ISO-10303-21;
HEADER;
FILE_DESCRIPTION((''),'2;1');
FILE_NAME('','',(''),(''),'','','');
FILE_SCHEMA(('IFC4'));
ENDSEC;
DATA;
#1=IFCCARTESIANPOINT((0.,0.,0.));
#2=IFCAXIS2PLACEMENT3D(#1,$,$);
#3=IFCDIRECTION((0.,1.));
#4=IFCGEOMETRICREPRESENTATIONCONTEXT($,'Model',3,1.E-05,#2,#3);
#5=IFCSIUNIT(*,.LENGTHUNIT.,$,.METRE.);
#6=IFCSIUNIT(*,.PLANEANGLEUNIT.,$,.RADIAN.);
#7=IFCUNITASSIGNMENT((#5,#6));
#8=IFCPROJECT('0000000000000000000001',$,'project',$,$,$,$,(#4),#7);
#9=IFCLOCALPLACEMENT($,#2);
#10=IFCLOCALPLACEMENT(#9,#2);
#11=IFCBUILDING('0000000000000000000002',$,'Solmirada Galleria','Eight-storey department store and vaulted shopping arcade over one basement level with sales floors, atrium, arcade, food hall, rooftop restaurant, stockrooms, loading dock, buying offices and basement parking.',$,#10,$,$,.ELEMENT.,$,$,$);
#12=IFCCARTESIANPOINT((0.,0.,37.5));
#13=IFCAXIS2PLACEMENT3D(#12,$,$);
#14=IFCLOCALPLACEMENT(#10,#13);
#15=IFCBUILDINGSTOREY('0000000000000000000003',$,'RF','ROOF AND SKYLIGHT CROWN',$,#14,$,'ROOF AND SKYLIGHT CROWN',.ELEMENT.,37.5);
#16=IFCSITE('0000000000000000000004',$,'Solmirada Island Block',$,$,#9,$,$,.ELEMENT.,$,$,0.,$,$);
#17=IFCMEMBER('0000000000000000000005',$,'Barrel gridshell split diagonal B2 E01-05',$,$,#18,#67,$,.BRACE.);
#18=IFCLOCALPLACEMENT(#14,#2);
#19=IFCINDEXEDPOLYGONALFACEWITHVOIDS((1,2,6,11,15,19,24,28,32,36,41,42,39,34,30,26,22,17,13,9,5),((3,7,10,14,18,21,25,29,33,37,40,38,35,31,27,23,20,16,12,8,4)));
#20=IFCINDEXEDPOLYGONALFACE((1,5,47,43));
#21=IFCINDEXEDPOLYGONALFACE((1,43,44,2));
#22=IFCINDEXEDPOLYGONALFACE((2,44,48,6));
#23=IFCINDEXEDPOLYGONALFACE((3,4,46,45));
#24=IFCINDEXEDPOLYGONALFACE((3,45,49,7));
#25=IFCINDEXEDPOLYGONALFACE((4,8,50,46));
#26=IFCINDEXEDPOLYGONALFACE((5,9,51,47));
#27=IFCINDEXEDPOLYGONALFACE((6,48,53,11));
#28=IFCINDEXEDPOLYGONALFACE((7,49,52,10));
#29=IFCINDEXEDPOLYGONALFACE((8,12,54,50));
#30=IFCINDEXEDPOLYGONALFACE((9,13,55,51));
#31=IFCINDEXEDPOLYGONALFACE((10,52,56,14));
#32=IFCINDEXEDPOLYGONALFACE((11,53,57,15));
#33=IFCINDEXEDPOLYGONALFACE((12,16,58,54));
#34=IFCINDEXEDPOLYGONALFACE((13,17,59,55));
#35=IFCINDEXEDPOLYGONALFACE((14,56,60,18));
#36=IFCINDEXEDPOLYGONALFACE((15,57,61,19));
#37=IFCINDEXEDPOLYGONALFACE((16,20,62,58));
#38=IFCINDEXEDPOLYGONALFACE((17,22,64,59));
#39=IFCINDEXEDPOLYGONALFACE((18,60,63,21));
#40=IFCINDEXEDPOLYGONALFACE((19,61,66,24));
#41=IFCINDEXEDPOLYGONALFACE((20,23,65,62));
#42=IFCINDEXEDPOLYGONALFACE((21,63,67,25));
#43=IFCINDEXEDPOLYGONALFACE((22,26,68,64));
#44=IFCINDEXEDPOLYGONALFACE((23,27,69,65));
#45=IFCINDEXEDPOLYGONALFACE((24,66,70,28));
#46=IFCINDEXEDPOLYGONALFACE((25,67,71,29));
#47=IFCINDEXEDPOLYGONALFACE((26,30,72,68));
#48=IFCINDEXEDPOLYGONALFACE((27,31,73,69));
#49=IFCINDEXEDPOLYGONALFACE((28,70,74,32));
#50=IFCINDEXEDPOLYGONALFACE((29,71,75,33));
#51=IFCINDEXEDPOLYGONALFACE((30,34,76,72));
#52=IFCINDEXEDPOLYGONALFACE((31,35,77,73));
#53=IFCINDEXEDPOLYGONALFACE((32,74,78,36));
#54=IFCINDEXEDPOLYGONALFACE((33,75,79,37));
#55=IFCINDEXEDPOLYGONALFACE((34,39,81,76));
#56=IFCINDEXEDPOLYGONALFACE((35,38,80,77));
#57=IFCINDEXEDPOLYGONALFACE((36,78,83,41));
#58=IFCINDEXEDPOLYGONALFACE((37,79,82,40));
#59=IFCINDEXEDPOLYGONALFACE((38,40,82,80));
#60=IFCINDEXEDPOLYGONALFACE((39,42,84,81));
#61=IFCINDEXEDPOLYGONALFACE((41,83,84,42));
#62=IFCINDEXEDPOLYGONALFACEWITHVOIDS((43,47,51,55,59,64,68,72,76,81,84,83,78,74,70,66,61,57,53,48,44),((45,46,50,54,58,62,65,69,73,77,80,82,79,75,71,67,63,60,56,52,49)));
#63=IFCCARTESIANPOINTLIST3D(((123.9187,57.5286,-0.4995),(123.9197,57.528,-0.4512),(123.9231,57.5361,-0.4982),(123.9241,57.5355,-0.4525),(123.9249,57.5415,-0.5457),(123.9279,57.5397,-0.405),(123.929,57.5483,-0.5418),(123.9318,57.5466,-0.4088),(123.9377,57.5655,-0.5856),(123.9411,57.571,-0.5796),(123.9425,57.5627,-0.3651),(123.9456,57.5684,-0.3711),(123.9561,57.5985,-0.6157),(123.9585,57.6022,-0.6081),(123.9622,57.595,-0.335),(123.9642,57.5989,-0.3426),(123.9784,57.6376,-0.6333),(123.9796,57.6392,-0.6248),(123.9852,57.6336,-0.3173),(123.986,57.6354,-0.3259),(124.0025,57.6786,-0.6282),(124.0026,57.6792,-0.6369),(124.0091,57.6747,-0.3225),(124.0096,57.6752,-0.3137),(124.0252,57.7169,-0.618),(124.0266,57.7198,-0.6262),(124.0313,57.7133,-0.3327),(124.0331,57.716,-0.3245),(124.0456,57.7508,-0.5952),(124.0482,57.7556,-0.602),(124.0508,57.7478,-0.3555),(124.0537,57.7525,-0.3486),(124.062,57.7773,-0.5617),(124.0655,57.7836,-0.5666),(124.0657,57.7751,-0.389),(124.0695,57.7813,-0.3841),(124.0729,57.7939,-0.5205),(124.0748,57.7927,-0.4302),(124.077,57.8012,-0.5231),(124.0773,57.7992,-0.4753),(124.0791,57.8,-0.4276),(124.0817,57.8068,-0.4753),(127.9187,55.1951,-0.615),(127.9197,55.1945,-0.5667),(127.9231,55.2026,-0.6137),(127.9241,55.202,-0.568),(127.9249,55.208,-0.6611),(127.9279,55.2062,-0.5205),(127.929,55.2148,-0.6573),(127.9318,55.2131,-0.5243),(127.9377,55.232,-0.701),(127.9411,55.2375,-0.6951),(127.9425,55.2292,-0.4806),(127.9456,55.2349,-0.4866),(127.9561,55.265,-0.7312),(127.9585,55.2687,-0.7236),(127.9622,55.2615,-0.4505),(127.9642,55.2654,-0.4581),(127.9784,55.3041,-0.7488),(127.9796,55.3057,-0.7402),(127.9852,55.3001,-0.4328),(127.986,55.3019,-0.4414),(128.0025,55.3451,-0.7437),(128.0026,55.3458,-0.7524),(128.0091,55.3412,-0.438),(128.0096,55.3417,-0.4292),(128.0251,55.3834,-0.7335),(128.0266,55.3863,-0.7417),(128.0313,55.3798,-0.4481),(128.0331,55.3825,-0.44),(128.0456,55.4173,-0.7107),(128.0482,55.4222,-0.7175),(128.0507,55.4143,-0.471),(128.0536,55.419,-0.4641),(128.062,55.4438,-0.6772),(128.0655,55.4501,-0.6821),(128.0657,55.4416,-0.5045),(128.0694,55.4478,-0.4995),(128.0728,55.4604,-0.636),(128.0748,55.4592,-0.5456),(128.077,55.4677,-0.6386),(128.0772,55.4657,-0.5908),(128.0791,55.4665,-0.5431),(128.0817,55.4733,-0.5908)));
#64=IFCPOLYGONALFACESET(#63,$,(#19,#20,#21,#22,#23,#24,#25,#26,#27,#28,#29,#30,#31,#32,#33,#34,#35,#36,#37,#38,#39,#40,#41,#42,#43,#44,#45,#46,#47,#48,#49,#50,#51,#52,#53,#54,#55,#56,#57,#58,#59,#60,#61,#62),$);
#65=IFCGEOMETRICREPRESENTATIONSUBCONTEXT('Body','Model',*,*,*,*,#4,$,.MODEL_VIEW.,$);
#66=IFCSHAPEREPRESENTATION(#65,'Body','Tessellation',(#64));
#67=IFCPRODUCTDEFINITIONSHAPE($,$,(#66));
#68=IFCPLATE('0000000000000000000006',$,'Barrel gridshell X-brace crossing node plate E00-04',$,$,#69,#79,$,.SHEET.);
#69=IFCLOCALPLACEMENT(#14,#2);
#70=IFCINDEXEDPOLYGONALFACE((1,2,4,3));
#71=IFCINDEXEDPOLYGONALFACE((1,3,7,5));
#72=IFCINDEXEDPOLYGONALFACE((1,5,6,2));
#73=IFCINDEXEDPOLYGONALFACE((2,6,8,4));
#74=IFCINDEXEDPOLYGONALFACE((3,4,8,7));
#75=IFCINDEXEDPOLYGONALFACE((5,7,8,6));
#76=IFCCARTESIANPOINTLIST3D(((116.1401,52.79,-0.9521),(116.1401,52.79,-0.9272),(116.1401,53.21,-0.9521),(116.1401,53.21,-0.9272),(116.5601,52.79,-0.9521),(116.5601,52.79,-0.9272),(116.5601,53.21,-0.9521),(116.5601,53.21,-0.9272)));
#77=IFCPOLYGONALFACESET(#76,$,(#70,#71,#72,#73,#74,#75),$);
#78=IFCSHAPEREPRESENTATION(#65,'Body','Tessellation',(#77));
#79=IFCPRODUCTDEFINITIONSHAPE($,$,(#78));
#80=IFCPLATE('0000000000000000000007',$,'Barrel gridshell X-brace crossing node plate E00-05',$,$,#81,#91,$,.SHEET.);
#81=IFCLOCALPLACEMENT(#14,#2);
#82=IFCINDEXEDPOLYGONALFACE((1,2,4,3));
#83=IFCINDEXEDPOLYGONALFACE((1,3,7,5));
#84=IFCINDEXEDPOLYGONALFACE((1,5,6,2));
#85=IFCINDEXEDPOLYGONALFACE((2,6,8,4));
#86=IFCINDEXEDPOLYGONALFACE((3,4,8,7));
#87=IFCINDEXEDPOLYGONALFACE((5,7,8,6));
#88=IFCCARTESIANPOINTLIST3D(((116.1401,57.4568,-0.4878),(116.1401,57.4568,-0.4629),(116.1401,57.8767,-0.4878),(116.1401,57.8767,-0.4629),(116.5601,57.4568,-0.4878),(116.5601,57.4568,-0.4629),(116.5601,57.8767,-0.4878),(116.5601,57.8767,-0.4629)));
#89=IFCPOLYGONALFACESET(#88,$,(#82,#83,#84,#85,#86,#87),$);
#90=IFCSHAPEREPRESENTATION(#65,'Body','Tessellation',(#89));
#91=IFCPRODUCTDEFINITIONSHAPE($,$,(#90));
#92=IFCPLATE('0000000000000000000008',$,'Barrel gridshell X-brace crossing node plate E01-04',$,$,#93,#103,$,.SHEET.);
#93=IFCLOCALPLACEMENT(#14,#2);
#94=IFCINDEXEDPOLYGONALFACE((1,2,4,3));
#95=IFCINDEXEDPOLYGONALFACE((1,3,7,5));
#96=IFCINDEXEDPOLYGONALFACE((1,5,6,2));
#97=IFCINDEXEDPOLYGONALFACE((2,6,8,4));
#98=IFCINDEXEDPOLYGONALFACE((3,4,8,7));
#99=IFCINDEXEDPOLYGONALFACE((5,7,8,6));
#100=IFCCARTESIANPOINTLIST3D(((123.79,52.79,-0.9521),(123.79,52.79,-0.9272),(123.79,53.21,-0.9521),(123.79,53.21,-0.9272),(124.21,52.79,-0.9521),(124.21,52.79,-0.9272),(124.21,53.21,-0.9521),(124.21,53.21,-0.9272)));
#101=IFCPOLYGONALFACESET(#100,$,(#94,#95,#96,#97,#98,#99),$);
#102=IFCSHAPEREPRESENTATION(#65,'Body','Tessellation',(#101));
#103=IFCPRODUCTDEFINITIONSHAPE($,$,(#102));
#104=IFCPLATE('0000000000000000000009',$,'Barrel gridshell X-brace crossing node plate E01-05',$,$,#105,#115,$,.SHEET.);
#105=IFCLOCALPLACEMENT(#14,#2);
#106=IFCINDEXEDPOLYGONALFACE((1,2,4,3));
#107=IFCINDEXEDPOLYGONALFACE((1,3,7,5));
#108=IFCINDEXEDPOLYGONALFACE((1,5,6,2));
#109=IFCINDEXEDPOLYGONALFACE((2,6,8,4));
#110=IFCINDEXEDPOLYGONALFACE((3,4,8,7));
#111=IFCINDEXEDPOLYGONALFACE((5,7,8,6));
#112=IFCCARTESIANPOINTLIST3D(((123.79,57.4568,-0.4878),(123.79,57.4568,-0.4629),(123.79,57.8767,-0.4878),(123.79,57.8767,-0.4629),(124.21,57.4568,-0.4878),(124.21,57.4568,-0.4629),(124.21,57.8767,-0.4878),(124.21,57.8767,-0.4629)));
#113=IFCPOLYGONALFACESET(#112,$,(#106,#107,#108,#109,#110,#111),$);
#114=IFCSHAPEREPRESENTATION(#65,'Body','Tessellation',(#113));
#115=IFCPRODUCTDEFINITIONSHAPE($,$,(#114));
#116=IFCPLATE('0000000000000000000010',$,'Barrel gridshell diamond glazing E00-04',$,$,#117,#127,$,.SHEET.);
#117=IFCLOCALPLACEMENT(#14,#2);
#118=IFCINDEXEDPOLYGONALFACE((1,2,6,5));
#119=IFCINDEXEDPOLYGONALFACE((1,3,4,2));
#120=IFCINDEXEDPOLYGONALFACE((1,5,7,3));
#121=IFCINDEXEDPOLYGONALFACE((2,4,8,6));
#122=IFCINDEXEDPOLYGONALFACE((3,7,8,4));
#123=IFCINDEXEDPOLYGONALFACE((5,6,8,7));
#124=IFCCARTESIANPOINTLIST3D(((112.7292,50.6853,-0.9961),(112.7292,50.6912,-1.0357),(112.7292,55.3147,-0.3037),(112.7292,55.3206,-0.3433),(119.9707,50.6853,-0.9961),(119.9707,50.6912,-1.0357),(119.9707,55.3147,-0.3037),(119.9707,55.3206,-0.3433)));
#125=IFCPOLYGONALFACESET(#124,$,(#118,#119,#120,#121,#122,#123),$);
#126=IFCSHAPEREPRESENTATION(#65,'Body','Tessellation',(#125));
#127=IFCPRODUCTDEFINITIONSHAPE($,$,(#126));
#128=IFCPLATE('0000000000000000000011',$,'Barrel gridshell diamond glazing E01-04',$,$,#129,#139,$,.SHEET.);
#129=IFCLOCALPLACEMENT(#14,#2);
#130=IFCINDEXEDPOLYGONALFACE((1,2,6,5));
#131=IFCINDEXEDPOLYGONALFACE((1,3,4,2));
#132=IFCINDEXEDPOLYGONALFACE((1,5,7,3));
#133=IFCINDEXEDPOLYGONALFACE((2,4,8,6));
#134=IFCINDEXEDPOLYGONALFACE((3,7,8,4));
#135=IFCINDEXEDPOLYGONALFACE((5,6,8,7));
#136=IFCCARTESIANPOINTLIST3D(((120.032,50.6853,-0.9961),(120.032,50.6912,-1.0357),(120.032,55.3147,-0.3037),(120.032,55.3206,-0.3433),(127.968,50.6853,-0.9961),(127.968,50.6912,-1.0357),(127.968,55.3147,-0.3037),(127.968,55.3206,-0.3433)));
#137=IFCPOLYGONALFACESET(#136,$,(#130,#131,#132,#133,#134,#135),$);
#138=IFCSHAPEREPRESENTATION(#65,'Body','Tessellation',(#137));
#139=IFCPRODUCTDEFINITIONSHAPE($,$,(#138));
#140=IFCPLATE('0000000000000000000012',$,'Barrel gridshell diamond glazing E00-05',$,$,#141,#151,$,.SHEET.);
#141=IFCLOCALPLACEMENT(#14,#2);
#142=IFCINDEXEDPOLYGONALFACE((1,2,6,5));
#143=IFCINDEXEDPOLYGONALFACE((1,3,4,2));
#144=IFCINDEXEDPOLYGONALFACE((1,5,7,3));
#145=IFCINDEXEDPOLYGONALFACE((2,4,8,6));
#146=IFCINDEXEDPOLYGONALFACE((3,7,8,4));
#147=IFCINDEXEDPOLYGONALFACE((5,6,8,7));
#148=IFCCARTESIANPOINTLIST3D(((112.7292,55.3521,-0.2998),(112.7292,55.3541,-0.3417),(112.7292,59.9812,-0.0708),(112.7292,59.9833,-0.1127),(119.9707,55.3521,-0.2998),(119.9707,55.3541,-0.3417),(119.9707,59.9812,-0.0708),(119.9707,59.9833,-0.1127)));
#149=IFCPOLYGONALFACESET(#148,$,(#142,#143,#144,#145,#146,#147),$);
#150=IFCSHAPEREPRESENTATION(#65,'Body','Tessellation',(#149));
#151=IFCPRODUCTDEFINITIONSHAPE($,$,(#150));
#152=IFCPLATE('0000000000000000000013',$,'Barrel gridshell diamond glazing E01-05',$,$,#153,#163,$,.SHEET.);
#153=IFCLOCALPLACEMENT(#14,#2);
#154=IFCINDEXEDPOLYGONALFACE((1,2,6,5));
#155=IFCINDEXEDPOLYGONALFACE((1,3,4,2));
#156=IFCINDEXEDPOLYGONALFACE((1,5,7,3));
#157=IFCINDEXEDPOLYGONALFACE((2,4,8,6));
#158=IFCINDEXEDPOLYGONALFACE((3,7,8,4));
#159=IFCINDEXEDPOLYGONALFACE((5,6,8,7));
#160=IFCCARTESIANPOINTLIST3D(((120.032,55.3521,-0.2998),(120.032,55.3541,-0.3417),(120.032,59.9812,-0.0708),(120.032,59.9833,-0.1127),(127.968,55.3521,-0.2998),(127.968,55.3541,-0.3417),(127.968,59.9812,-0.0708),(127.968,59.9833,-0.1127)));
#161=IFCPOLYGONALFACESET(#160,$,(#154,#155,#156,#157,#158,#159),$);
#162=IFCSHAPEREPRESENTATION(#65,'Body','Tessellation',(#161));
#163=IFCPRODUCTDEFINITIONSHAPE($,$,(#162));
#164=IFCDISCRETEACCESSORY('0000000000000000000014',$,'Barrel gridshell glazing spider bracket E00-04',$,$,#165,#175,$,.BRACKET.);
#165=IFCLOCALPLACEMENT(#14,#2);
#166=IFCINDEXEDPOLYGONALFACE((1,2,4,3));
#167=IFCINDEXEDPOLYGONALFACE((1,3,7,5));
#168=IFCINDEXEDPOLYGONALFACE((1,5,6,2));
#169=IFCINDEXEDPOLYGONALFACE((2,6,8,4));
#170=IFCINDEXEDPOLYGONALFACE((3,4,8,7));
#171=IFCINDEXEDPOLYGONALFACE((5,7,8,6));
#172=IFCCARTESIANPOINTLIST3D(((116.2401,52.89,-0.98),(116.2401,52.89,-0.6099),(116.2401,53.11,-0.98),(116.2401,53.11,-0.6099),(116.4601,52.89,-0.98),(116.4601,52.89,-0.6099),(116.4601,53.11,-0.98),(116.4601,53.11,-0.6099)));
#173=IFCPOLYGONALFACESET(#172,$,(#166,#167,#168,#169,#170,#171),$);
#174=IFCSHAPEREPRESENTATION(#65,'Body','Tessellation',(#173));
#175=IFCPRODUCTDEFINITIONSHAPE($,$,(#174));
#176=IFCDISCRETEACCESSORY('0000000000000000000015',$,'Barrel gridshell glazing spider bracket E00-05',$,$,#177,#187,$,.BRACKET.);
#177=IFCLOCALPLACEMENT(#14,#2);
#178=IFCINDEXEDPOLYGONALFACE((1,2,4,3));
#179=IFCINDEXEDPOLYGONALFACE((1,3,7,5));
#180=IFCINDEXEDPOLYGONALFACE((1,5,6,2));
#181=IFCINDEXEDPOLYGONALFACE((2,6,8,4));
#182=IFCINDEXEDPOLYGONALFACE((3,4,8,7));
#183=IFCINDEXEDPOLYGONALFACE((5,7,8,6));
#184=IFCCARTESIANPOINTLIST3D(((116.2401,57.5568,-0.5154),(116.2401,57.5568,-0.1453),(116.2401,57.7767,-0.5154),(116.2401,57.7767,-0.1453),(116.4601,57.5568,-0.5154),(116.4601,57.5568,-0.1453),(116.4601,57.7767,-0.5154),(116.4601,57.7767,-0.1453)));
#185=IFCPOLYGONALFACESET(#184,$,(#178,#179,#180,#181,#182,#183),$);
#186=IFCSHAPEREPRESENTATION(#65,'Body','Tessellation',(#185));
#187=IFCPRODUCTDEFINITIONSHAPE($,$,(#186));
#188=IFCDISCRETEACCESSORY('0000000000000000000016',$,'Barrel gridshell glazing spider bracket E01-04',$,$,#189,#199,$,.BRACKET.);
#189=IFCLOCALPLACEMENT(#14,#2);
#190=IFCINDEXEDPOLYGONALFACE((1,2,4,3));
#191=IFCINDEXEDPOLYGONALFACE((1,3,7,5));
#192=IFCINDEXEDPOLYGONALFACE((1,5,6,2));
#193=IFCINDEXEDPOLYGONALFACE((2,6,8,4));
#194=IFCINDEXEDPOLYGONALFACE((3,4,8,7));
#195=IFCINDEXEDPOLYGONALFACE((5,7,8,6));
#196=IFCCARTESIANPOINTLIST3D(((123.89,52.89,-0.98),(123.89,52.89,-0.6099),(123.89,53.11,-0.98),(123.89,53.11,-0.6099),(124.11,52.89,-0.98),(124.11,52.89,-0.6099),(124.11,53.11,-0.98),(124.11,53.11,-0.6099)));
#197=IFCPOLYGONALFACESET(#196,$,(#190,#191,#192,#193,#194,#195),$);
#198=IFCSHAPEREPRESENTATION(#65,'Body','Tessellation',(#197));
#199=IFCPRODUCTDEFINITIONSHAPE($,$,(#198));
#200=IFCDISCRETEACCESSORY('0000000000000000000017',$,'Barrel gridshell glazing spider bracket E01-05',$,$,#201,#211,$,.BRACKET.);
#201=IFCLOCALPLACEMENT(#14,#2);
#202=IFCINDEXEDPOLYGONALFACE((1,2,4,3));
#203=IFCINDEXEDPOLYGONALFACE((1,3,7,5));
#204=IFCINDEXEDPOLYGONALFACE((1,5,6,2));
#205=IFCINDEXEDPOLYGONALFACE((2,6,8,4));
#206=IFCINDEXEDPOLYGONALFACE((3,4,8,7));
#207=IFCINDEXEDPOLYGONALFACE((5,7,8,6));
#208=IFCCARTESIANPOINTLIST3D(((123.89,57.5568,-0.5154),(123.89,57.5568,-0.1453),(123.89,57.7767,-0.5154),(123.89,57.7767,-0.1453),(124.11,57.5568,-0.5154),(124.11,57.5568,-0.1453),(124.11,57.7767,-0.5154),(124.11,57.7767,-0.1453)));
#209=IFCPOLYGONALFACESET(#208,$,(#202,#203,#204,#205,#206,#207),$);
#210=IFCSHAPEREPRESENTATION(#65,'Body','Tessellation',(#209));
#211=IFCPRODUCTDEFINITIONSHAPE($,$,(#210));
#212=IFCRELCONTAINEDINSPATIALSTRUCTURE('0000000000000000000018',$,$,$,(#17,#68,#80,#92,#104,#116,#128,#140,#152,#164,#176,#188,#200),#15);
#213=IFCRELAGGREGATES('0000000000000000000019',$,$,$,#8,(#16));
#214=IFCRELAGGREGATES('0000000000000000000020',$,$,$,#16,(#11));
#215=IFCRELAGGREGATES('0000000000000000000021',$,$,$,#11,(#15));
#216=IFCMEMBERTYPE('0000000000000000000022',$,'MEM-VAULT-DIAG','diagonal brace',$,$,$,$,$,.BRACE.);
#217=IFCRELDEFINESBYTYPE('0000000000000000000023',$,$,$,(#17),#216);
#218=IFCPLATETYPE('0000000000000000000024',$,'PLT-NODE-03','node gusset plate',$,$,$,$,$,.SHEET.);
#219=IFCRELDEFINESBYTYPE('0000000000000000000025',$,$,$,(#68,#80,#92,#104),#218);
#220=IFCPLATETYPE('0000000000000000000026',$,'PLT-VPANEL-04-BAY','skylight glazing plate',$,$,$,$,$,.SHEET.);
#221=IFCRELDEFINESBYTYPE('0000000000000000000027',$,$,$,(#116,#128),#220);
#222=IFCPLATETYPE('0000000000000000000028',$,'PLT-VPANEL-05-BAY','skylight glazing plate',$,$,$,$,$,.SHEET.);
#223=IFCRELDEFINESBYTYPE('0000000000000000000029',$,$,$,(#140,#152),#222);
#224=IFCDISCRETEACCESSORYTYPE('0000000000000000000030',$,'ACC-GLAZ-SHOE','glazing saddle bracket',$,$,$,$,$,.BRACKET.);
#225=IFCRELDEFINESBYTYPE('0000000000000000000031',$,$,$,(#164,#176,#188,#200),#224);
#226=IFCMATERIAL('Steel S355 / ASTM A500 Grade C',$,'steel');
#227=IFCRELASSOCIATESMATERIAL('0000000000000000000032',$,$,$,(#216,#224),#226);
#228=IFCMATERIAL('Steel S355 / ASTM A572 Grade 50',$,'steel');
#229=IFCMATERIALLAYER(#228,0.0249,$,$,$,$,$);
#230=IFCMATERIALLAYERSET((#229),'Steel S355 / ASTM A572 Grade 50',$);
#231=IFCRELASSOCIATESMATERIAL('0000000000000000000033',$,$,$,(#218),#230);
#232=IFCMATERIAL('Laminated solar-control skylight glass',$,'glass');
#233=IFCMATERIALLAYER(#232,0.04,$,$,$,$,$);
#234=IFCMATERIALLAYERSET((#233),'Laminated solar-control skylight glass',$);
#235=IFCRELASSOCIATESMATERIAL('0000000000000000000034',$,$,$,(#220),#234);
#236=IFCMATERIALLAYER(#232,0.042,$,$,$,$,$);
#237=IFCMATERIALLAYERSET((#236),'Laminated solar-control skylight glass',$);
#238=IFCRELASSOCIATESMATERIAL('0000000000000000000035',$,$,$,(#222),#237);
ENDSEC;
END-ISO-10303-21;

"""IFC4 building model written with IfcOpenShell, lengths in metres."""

from ifc_helpers import new_model, si_unit, direction, frame, origin, origin_2d, place, context, subcontext, project, spatial, polyline, rectangle, hollow_circle, outline, extrude, material, layer, layer_set, material_profile, profile_set, type_object, element, save


model = new_model("IFC4")

# Units and contexts
model_context = context("Model", 3, precision=1e-05, world=origin(), true_north=direction((0.0, 1.0)))
body_context = subcontext(model_context, "Body", "Model", "MODEL_VIEW")
ifc_project = project(units=[si_unit("LENGTHUNIT", "METRE"), si_unit("PLANEANGLEUNIT", "RADIAN")], contexts=[model_context])

# Site, building, storey
site_placement = place(None, origin())
site = spatial("IfcSite", under=ifc_project, at=site_placement, Name="Solmirada Island Block", CompositionType="ELEMENT", RefElevation=0.0)
building_placement = place(site_placement, origin())
building = spatial("IfcBuilding", under=site, at=building_placement, Name="Solmirada Galleria", Description="Eight-storey department store and vaulted shopping arcade over one basement level with sales floors, atrium, arcade, food hall, rooftop restaurant, stockrooms, loading dock, buying offices and basement parking.", CompositionType="ELEMENT")
storey_placement = place(building_placement, frame((0.0, 0.0, 37.5)))
storey = spatial("IfcBuildingStorey", under=building, at=storey_placement, Name="RF", Description="ROOF AND SKYLIGHT CROWN", LongName="ROOF AND SKYLIGHT CROWN", CompositionType="ELEMENT", Elevation=37.5)

# Member
ifc_material_1 = material(Name="Steel S355 / ASTM A500 Grade C", Category="steel")
ifc_material_profile_1 = material_profile(ifc_material_1, hollow_circle(Radius=0.1621, WallThickness=0.0088, at=origin_2d()), Name="HSS12.750X0.375")
ifc_profile_set_1 = profile_set([ifc_material_profile_1], Name="Steel S355 / ASTM A500 Grade C")
member_type_1 = type_object("IfcMemberType", Name="MEM-VAULT-DIAG", Description="diagonal brace", PredefinedType="BRACE", material=ifc_profile_set_1)
member_1_placement = place(storey_placement, frame((124.0, 57.6667, -0.4753), z_axis=(0.863495, -0.503741, -0.024929), x_axis=(0.503897, 0.863764, 0.0)))
element("IfcMember", 1, at=member_1_placement, inside=storey, type_object=member_type_1, Name="Barrel gridshell split diagonal B2 E01-05", PredefinedType="BRACE", context=body_context, shape_type="SweptSolid", body=[
    extrude(hollow_circle(Radius=0.1621, WallThickness=0.0088, at=origin_2d()), origin(), (0.0, 0.0, 1.0), 4.6323),
])

# Plates
ifc_material_2 = material(Name="Steel S355 / ASTM A572 Grade 50", Category="steel")
ifc_layer_1 = layer(ifc_material_2, 0.0249)
ifc_layer_set_1 = layer_set([ifc_layer_1], Name="Steel S355 / ASTM A572 Grade 50")
plate_type_1 = type_object("IfcPlateType", Name="PLT-NODE-03", Description="node gusset plate", PredefinedType="SHEET", material=ifc_layer_set_1)
for number, where, z_axis, x_axis, name in (
    (2, (116.3501, 53.0, -0.9521), (0.0, 0.0, 1.0), (1.0, 0.0, 0.0), "Barrel gridshell X-brace crossing node plate E00-04"),
    (3, (116.3501, 57.6667, -0.4878), (0.0, 0.0, 1.0), (1.0, 0.0, 0.0), "Barrel gridshell X-brace crossing node plate E00-05"),
    (4, (124.0, 53.0, -0.9521), (0.0, 0.0, 1.0), (1.0, 0.0, 0.0), "Barrel gridshell X-brace crossing node plate E01-04"),
    (5, (124.0, 57.6667, -0.4878), (0.0, 0.0, 1.0), (1.0, 0.0, 0.0), "Barrel gridshell X-brace crossing node plate E01-05"),
):
    element("IfcPlate", number, at=place(storey_placement, frame(where, z_axis=z_axis, x_axis=x_axis)), inside=storey, type_object=plate_type_1, Name=name, PredefinedType="SHEET", context=body_context, shape_type="SweptSolid", body=[
        extrude(rectangle(XDim=0.4199, YDim=0.4199, at=origin_2d()), origin(), (0.0, 0.0, 1.0), 0.0249),
    ])
ifc_material_3 = material(Name="Laminated solar-control skylight glass", Category="glass")
ifc_layer_2 = layer(ifc_material_3, 0.04)
ifc_layer_set_2 = layer_set([ifc_layer_2], Name="Laminated solar-control skylight glass")
plate_type_2 = type_object("IfcPlateType", Name="PLT-VPANEL-04-BAY", Description="skylight glazing plate", PredefinedType="SHEET", material=ifc_layer_set_2)
plate_1_placement = place(storey_placement, frame((112.7292, 50.6853, -0.9961), z_axis=(0.0, -0.147917, 0.989), x_axis=(1.0, 0.0, 0.0)))
element("IfcPlate", 6, at=plate_1_placement, inside=storey, type_object=plate_type_2, Name="Barrel gridshell diamond glazing E00-04", PredefinedType="SHEET", context=body_context, shape_type="SweptSolid", body=[
    extrude(outline(polyline([(0.0, 0.0), (7.2415, 0.0), (7.2415, 4.6809), (0.0, 4.6809), (0.0, 0.0)])), origin(), (0.0, 0.0, -1.0), 0.04),
])
plate_2_placement = place(storey_placement, frame((120.032, 50.6853, -0.9961), z_axis=(0.0, -0.147917, 0.989), x_axis=(1.0, 0.0, 0.0)))
element("IfcPlate", 7, at=plate_2_placement, inside=storey, type_object=plate_type_2, Name="Barrel gridshell diamond glazing E01-04", PredefinedType="SHEET", context=body_context, shape_type="SweptSolid", body=[
    extrude(outline(polyline([(0.0, 0.0), (7.936, 0.0), (7.936, 4.6809), (0.0, 4.6809), (0.0, 0.0)])), origin(), (0.0, 0.0, -1.0), 0.04),
])
ifc_layer_3 = layer(ifc_material_3, 0.042)
ifc_layer_set_3 = layer_set([ifc_layer_3], Name="Laminated solar-control skylight glass")
plate_type_3 = type_object("IfcPlateType", Name="PLT-VPANEL-05-BAY", Description="skylight glazing plate", PredefinedType="SHEET", material=ifc_layer_set_3)
plate_3_placement = place(storey_placement, frame((112.7292, 55.3521, -0.2998), z_axis=(0.0, -0.04941, 0.998779), x_axis=(1.0, 0.0, 0.0)))
element("IfcPlate", 8, at=plate_3_placement, inside=storey, type_object=plate_type_3, Name="Barrel gridshell diamond glazing E00-05", PredefinedType="SHEET", context=body_context, shape_type="SweptSolid", body=[
    extrude(outline(polyline([(0.0, 0.0), (7.2415, 0.0), (7.2415, 4.6348), (0.0, 4.6348), (0.0, 0.0)])), origin(), (0.0, 0.0, -1.0), 0.042),
])
plate_4_placement = place(storey_placement, frame((120.032, 55.3521, -0.2998), z_axis=(0.0, -0.04941, 0.998779), x_axis=(1.0, 0.0, 0.0)))
element("IfcPlate", 9, at=plate_4_placement, inside=storey, type_object=plate_type_3, Name="Barrel gridshell diamond glazing E01-05", PredefinedType="SHEET", context=body_context, shape_type="SweptSolid", body=[
    extrude(outline(polyline([(0.0, 0.0), (7.936, 0.0), (7.936, 4.6348), (0.0, 4.6348), (0.0, 0.0)])), origin(), (0.0, 0.0, -1.0), 0.042),
])

# Discrete accessories
discrete_accessory_type = type_object("IfcDiscreteAccessoryType", Name="ACC-GLAZ-SHOE", Description="glazing saddle bracket", PredefinedType="BRACKET", material=ifc_material_1)
for number, where, z_axis, x_axis, name in (
    (10, (116.3501, 53.0, -0.98), (0.0, 0.0, 1.0), (1.0, 0.0, 0.0), "Barrel gridshell glazing spider bracket E00-04"),
    (11, (116.3501, 57.6667, -0.5154), (0.0, 0.0, 1.0), (1.0, 0.0, 0.0), "Barrel gridshell glazing spider bracket E00-05"),
    (12, (124.0, 53.0, -0.98), (0.0, 0.0, 1.0), (1.0, 0.0, 0.0), "Barrel gridshell glazing spider bracket E01-04"),
    (13, (124.0, 57.6667, -0.5154), (0.0, 0.0, 1.0), (1.0, 0.0, 0.0), "Barrel gridshell glazing spider bracket E01-05"),
):
    element("IfcDiscreteAccessory", number, at=place(storey_placement, frame(where, z_axis=z_axis, x_axis=x_axis)), inside=storey, type_object=discrete_accessory_type, Name=name, PredefinedType="BRACKET", context=body_context, shape_type="SweptSolid", body=[
        extrude(rectangle(XDim=0.22, YDim=0.22, at=origin_2d()), origin(), (0.0, 0.0, 1.0), 0.3701),
    ])

save(model, "model.ifc")
